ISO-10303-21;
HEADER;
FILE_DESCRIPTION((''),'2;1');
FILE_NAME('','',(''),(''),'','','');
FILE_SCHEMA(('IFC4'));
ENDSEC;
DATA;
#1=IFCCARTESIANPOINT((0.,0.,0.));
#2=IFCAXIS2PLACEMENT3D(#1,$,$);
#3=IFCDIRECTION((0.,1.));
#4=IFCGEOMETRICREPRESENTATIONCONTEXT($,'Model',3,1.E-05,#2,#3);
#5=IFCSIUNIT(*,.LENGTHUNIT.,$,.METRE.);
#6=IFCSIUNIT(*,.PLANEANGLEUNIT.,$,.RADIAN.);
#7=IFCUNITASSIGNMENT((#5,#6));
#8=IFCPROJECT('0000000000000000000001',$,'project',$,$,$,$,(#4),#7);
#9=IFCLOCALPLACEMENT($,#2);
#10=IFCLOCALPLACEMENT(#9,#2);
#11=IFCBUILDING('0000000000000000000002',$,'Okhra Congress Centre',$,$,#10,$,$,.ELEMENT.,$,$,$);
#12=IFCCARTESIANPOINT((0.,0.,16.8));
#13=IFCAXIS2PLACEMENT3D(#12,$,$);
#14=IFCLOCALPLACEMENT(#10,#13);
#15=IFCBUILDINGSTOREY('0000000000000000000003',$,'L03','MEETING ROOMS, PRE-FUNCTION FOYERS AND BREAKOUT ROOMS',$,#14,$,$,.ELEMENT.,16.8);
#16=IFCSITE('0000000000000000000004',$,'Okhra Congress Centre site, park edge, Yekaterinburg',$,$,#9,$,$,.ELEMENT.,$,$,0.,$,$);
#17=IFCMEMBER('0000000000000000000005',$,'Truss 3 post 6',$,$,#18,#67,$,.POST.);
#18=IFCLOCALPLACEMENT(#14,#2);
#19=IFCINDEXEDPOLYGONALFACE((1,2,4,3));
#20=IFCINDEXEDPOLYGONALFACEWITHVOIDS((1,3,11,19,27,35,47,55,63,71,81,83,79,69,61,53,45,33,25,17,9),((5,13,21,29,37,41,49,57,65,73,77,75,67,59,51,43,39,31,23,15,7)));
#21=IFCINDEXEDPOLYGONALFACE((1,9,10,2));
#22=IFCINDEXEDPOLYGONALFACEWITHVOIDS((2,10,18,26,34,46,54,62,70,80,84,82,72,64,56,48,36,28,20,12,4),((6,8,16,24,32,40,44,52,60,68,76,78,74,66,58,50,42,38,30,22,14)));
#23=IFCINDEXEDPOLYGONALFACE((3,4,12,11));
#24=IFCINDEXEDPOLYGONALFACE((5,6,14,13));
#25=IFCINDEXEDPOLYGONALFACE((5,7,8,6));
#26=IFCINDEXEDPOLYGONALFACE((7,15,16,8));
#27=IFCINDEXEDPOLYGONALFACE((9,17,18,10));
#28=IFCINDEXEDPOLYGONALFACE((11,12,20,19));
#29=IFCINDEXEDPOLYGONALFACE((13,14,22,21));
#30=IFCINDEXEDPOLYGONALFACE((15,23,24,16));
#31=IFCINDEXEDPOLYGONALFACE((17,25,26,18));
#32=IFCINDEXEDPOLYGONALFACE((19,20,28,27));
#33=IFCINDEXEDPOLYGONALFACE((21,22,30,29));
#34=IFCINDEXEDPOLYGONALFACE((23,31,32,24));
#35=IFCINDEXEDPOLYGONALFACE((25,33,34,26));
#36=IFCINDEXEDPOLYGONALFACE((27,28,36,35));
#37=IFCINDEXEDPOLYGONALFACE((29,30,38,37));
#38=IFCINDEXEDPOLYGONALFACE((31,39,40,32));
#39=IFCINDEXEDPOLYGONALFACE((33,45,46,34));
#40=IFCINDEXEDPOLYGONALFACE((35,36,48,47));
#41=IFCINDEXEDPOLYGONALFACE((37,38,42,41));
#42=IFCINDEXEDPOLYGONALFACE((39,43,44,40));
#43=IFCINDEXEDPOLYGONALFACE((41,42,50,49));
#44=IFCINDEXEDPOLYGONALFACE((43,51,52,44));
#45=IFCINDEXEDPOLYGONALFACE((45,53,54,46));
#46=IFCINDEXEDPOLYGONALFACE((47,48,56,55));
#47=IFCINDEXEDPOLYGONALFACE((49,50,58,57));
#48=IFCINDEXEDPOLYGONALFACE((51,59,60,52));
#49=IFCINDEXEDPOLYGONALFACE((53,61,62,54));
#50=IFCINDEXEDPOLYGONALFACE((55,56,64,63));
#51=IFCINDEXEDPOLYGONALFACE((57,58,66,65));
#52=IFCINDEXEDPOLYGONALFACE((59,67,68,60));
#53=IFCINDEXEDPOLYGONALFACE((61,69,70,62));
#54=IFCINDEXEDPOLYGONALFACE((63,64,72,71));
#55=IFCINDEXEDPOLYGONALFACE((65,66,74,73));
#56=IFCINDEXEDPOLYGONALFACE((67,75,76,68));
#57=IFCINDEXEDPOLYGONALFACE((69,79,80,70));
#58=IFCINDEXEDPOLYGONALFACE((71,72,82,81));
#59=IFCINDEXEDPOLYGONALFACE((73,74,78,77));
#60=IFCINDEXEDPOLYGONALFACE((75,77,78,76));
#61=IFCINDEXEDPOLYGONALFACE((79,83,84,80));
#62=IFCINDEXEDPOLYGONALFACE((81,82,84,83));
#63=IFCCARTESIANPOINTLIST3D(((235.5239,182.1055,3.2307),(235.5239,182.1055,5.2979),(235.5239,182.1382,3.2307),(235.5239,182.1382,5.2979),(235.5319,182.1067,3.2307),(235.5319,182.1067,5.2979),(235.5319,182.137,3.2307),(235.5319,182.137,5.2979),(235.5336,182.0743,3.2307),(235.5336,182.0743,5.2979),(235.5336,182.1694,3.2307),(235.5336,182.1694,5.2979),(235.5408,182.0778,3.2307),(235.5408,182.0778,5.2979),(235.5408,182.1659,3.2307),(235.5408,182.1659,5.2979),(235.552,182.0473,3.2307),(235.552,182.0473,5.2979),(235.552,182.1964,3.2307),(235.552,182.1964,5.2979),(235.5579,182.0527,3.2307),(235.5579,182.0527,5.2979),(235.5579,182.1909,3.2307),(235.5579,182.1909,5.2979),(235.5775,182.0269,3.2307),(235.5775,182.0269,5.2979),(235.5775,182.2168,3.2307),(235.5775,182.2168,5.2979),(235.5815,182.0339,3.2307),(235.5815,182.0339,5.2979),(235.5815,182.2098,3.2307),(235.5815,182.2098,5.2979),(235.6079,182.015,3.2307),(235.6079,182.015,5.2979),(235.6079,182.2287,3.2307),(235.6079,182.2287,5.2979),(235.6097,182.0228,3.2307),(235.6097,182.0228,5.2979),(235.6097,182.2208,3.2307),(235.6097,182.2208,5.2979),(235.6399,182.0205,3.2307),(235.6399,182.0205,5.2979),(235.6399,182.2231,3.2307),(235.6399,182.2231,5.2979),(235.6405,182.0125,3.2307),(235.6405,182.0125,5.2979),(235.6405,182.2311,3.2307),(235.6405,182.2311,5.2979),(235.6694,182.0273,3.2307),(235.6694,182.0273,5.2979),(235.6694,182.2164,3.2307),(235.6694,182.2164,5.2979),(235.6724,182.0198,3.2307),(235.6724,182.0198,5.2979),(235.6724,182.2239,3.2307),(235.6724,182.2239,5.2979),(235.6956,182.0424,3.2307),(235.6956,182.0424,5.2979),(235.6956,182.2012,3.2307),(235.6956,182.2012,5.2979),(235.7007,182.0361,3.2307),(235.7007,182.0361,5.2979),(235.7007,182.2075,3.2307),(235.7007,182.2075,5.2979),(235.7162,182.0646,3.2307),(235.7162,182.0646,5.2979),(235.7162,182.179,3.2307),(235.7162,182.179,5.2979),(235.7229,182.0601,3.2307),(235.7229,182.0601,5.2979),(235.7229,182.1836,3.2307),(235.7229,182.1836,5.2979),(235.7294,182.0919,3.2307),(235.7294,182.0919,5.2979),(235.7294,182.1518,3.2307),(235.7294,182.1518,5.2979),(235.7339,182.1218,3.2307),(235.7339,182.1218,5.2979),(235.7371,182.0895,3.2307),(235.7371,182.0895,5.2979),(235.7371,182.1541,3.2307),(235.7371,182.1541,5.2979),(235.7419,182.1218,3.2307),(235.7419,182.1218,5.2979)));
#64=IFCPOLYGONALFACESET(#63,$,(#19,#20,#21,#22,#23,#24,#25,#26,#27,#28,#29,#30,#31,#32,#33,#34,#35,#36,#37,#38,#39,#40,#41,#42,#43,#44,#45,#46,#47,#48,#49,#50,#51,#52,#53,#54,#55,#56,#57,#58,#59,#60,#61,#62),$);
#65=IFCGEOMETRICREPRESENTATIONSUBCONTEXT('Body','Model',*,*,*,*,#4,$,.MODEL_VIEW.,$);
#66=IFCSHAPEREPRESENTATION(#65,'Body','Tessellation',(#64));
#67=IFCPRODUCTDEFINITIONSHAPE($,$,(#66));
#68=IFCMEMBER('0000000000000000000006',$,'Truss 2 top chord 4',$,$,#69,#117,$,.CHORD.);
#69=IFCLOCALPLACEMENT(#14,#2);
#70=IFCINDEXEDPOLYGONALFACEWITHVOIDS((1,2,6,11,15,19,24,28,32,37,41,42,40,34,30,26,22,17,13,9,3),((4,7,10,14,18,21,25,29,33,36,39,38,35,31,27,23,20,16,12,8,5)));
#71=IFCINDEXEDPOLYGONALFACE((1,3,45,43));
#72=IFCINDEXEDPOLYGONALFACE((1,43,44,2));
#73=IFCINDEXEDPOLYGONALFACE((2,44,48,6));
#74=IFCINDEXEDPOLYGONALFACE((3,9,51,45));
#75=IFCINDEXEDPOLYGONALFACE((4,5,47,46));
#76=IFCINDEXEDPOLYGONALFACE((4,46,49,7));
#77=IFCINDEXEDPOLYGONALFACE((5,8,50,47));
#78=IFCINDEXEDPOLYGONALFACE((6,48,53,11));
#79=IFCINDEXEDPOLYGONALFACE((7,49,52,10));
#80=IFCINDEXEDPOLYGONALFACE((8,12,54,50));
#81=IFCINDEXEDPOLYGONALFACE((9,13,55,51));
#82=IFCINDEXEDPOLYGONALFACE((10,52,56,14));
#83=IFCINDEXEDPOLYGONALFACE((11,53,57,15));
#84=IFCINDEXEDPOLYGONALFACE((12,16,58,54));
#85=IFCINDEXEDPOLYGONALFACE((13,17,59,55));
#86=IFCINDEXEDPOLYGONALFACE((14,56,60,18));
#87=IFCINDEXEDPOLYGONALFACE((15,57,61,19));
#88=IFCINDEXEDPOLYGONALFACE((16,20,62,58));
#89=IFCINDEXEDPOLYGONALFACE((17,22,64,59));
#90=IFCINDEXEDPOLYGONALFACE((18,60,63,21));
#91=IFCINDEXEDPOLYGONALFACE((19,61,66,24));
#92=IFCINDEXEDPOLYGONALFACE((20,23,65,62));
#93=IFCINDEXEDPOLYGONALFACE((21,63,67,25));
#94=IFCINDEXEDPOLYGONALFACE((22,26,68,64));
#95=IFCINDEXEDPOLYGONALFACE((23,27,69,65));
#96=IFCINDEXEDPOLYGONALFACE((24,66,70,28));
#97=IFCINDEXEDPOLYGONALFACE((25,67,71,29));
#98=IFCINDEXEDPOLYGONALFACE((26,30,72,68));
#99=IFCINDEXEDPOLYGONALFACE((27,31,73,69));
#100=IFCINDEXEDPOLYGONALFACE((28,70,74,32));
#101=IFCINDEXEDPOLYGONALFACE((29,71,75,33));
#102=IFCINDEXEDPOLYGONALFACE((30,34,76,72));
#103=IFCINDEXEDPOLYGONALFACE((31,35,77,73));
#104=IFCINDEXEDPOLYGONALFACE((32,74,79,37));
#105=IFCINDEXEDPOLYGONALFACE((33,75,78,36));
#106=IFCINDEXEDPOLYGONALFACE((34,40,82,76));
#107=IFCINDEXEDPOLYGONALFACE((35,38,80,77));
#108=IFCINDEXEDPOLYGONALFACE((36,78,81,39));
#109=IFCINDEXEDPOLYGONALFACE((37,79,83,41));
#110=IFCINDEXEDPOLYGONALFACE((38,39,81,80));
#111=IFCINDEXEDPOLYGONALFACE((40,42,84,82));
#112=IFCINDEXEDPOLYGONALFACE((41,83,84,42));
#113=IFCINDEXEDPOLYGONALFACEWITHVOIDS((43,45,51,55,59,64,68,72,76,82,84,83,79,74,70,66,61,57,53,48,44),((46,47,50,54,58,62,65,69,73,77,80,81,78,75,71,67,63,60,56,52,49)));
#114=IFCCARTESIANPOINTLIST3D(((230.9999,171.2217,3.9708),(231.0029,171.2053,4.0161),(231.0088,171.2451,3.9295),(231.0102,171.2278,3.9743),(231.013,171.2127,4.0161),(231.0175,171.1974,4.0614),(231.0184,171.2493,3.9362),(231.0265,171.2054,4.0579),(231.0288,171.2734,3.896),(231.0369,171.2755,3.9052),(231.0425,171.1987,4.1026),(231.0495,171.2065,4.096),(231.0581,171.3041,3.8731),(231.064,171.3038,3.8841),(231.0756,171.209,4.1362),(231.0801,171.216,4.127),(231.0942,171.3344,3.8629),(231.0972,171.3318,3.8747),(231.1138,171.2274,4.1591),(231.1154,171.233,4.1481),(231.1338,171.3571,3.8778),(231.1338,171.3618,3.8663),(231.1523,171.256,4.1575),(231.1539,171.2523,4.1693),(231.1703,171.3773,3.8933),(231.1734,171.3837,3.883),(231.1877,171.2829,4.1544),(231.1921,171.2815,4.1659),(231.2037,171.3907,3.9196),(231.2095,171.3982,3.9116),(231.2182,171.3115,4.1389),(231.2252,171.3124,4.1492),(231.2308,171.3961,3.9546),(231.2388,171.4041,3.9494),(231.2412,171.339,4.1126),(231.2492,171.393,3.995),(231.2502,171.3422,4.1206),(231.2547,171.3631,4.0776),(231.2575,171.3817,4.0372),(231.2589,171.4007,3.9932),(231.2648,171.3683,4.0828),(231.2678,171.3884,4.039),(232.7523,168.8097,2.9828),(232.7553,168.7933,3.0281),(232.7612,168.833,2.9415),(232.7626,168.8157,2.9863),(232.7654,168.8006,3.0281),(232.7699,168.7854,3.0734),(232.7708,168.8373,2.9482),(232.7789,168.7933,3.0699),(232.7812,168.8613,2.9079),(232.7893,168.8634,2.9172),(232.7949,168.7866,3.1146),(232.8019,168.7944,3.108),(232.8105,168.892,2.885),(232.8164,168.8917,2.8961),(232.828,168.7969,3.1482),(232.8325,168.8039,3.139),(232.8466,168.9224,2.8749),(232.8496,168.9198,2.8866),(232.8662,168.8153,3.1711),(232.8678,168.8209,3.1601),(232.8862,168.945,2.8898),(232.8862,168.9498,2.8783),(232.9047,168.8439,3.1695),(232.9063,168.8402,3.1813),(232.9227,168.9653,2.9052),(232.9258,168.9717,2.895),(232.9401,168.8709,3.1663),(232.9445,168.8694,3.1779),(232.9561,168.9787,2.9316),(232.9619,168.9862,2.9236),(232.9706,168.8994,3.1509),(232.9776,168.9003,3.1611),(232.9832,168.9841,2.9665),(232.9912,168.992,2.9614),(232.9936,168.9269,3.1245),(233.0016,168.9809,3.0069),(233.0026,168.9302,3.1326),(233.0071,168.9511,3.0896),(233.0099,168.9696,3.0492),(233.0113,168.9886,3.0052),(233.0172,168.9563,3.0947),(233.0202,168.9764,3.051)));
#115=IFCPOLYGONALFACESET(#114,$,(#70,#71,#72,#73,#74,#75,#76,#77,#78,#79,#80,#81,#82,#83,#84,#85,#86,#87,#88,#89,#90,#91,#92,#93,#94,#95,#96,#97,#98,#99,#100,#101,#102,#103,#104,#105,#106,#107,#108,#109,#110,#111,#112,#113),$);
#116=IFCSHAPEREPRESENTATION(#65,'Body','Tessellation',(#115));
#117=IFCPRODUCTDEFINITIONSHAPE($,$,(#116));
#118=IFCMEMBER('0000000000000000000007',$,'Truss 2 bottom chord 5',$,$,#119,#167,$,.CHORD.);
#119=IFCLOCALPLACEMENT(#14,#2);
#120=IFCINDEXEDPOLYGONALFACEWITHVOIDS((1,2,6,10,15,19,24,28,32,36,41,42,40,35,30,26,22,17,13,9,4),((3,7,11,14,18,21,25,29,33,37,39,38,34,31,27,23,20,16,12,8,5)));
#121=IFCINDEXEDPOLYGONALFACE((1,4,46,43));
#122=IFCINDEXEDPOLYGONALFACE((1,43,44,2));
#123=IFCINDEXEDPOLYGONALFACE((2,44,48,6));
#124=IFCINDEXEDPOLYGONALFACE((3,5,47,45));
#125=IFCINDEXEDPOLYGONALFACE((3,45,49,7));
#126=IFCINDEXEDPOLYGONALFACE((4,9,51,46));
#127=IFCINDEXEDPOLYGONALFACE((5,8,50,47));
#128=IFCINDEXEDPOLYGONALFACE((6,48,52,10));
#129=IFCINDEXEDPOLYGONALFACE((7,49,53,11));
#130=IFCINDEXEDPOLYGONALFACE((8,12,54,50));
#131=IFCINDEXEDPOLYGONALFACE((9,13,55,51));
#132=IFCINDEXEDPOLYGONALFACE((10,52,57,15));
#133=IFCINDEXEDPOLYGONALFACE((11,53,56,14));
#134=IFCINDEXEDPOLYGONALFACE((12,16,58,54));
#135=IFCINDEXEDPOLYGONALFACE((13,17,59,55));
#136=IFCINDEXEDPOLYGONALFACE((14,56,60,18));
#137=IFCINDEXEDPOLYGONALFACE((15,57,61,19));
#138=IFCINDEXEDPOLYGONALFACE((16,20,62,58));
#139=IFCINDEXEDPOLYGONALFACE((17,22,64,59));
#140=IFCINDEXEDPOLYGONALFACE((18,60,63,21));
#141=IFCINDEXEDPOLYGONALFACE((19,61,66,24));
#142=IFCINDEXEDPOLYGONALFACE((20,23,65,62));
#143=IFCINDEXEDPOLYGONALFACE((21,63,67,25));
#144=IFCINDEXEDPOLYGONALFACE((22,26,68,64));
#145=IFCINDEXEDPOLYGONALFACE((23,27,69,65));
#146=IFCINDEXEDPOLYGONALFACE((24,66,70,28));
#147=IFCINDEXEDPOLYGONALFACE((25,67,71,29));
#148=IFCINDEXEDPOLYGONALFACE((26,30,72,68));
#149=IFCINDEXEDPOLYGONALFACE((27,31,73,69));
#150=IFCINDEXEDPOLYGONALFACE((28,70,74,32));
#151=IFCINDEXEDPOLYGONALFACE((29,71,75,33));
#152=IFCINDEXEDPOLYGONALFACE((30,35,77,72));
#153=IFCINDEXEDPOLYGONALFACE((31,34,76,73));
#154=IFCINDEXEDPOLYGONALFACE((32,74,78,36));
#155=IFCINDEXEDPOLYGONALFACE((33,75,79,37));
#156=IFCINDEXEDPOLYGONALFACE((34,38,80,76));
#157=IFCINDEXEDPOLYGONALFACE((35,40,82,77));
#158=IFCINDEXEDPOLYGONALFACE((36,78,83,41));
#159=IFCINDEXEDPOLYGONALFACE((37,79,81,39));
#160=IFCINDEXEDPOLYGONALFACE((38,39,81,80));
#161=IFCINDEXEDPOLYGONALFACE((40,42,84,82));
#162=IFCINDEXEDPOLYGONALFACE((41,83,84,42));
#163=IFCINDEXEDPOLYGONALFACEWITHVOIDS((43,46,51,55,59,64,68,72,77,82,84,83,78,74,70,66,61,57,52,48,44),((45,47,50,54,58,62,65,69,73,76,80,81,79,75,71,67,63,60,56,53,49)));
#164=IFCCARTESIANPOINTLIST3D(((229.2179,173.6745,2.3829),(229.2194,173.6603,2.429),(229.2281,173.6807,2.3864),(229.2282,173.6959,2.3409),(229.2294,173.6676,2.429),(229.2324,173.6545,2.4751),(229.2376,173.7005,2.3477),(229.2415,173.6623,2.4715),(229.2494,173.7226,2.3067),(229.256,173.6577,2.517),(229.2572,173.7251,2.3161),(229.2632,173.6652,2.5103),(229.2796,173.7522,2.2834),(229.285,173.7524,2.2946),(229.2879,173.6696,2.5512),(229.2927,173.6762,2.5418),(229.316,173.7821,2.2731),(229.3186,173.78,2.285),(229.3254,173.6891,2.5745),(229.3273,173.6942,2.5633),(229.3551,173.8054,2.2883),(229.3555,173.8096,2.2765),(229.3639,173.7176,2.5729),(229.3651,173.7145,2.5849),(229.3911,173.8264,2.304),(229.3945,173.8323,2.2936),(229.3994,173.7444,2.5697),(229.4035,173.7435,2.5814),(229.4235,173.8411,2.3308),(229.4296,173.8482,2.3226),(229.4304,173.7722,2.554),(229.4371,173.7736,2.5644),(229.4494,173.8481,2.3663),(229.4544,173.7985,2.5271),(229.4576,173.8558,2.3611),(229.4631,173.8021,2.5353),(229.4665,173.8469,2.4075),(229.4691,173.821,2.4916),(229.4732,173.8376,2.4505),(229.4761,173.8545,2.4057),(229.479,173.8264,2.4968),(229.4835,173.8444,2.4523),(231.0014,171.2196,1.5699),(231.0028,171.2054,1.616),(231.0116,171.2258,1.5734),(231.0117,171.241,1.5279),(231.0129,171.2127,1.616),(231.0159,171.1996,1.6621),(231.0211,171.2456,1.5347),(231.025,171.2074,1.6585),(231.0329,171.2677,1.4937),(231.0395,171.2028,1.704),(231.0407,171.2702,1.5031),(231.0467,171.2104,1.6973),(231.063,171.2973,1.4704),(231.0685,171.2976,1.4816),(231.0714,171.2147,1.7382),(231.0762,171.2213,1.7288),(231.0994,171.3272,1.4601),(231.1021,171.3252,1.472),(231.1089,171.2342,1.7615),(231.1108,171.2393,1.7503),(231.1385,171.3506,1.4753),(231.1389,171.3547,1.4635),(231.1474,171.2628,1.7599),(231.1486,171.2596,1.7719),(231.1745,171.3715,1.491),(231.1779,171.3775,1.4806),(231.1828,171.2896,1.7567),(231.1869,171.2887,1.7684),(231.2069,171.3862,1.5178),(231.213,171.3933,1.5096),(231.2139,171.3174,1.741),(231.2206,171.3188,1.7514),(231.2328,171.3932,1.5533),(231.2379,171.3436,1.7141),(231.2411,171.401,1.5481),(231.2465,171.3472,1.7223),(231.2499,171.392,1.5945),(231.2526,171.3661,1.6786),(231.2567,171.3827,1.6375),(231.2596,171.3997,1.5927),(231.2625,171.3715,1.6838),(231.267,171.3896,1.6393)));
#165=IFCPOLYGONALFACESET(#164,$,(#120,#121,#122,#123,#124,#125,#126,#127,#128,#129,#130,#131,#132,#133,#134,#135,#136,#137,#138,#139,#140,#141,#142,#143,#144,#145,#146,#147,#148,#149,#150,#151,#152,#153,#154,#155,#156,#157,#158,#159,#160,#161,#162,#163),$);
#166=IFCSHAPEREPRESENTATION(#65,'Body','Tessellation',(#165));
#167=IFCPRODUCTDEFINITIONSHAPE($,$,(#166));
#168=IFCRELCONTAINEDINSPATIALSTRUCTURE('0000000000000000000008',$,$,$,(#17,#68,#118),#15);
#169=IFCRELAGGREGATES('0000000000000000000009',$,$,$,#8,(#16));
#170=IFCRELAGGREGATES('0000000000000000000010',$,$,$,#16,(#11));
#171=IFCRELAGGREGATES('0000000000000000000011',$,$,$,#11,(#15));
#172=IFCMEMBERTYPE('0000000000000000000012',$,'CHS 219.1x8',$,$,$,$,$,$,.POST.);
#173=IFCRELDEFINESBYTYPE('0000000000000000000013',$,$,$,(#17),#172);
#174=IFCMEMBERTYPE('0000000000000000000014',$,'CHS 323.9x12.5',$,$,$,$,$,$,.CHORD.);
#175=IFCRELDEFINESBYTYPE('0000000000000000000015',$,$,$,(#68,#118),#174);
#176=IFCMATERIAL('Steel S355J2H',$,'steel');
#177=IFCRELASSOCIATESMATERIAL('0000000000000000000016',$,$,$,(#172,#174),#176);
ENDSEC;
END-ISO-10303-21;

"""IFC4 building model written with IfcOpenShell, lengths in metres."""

from ifc_helpers import new_model, si_unit, direction, frame, origin, origin_2d, place, context, subcontext, project, spatial, hollow_circle, extrude, material, material_profile, profile_set, type_object, element, save


model = new_model("IFC4")

# Units and contexts
model_context = context("Model", 3, precision=1e-05, world=origin(), true_north=direction((0.0, 1.0)))
body_context = subcontext(model_context, "Body", "Model", "MODEL_VIEW")
ifc_project = project(units=[si_unit("LENGTHUNIT", "METRE"), si_unit("PLANEANGLEUNIT", "RADIAN")], contexts=[model_context])

# Site, building, storey
site_placement = place(None, origin())
site = spatial("IfcSite", under=ifc_project, at=site_placement, Name="Okhra Congress Centre site, park edge, Yekaterinburg", CompositionType="ELEMENT", RefElevation=0.0)
building_placement = place(site_placement, origin())
building = spatial("IfcBuilding", under=site, at=building_placement, Name="Okhra Congress Centre", CompositionType="ELEMENT")
storey_placement = place(building_placement, frame((0.0, 0.0, 16.8)))
storey = spatial("IfcBuildingStorey", under=building, at=storey_placement, Name="L03", Description="MEETING ROOMS, PRE-FUNCTION FOYERS AND BREAKOUT ROOMS", CompositionType="ELEMENT", Elevation=16.8)

# Members
ifc_material_1 = material(Name="Steel S355J2H", Category="steel")
ifc_material_profile_1 = material_profile(ifc_material_1, hollow_circle(Radius=0.1096, WallThickness=0.0081, at=origin_2d()), Name="CHS 219.1x8")
ifc_profile_set_1 = profile_set([ifc_material_profile_1], Name="Steel S355J2H")
member_type_1 = type_object("IfcMemberType", Name="CHS 219.1x8", PredefinedType="POST", material=ifc_profile_set_1)
for number, where, z_axis, x_axis, name in (
    (1, (235.6323, 182.1218, 3.2307), (0.0, 0.0, 1.0), (1.0, 0.0, 0.0), "Truss 3 post 6"),
):
    element("IfcMember", number, at=place(storey_placement, frame(where, z_axis=z_axis, x_axis=x_axis)), inside=storey, type_object=member_type_1, Name=name, PredefinedType="POST", context=body_context, shape_type="SweptSolid", body=[
        extrude(hollow_circle(Radius=0.1096, WallThickness=0.0081, at=origin_2d()), origin(), (0.0, 0.0, 1.0), 2.0671),
    ])
ifc_material_profile_2 = material_profile(ifc_material_1, hollow_circle(Radius=0.1619, WallThickness=0.0125, at=origin_2d()), Name="CHS 323.9x12.5")
ifc_profile_set_2 = profile_set([ifc_material_profile_2], Name="Steel S355J2H")
member_type_2 = type_object("IfcMemberType", Name="CHS 323.9x12.5", PredefinedType="CHORD", material=ifc_profile_set_2)
member_1_placement = place(storey_placement, frame((232.8862, 168.8884, 3.0281), z_axis=(-0.557934, 0.767956, 0.314567), x_axis=(-0.809026, -0.587772, 0.0)))
element("IfcMember", 2, at=member_1_placement, inside=storey, type_object=member_type_2, Name="Truss 2 top chord 4", PredefinedType="CHORD", context=body_context, shape_type="SweptSolid", body=[
    extrude(hollow_circle(Radius=0.1619, WallThickness=0.0125, at=origin_2d()), origin(), (0.0, 0.0, 1.0), 3.1409),
])
for number, where, z_axis, x_axis, name in (
    (3, (231.1338, 171.3005, 1.616), (-0.56774, 0.781468, 0.258805), (-0.809032, -0.587765, 0.0), "Truss 2 bottom chord 5"),
):
    element("IfcMember", number, at=place(storey_placement, frame(where, z_axis=z_axis, x_axis=x_axis)), inside=storey, type_object=member_type_2, Name=name, PredefinedType="CHORD", context=body_context, shape_type="SweptSolid", body=[
        extrude(hollow_circle(Radius=0.1619, WallThickness=0.0125, at=origin_2d()), origin(), (0.0, 0.0, 1.0), 3.1414),
    ])

save(model, "model.ifc")
